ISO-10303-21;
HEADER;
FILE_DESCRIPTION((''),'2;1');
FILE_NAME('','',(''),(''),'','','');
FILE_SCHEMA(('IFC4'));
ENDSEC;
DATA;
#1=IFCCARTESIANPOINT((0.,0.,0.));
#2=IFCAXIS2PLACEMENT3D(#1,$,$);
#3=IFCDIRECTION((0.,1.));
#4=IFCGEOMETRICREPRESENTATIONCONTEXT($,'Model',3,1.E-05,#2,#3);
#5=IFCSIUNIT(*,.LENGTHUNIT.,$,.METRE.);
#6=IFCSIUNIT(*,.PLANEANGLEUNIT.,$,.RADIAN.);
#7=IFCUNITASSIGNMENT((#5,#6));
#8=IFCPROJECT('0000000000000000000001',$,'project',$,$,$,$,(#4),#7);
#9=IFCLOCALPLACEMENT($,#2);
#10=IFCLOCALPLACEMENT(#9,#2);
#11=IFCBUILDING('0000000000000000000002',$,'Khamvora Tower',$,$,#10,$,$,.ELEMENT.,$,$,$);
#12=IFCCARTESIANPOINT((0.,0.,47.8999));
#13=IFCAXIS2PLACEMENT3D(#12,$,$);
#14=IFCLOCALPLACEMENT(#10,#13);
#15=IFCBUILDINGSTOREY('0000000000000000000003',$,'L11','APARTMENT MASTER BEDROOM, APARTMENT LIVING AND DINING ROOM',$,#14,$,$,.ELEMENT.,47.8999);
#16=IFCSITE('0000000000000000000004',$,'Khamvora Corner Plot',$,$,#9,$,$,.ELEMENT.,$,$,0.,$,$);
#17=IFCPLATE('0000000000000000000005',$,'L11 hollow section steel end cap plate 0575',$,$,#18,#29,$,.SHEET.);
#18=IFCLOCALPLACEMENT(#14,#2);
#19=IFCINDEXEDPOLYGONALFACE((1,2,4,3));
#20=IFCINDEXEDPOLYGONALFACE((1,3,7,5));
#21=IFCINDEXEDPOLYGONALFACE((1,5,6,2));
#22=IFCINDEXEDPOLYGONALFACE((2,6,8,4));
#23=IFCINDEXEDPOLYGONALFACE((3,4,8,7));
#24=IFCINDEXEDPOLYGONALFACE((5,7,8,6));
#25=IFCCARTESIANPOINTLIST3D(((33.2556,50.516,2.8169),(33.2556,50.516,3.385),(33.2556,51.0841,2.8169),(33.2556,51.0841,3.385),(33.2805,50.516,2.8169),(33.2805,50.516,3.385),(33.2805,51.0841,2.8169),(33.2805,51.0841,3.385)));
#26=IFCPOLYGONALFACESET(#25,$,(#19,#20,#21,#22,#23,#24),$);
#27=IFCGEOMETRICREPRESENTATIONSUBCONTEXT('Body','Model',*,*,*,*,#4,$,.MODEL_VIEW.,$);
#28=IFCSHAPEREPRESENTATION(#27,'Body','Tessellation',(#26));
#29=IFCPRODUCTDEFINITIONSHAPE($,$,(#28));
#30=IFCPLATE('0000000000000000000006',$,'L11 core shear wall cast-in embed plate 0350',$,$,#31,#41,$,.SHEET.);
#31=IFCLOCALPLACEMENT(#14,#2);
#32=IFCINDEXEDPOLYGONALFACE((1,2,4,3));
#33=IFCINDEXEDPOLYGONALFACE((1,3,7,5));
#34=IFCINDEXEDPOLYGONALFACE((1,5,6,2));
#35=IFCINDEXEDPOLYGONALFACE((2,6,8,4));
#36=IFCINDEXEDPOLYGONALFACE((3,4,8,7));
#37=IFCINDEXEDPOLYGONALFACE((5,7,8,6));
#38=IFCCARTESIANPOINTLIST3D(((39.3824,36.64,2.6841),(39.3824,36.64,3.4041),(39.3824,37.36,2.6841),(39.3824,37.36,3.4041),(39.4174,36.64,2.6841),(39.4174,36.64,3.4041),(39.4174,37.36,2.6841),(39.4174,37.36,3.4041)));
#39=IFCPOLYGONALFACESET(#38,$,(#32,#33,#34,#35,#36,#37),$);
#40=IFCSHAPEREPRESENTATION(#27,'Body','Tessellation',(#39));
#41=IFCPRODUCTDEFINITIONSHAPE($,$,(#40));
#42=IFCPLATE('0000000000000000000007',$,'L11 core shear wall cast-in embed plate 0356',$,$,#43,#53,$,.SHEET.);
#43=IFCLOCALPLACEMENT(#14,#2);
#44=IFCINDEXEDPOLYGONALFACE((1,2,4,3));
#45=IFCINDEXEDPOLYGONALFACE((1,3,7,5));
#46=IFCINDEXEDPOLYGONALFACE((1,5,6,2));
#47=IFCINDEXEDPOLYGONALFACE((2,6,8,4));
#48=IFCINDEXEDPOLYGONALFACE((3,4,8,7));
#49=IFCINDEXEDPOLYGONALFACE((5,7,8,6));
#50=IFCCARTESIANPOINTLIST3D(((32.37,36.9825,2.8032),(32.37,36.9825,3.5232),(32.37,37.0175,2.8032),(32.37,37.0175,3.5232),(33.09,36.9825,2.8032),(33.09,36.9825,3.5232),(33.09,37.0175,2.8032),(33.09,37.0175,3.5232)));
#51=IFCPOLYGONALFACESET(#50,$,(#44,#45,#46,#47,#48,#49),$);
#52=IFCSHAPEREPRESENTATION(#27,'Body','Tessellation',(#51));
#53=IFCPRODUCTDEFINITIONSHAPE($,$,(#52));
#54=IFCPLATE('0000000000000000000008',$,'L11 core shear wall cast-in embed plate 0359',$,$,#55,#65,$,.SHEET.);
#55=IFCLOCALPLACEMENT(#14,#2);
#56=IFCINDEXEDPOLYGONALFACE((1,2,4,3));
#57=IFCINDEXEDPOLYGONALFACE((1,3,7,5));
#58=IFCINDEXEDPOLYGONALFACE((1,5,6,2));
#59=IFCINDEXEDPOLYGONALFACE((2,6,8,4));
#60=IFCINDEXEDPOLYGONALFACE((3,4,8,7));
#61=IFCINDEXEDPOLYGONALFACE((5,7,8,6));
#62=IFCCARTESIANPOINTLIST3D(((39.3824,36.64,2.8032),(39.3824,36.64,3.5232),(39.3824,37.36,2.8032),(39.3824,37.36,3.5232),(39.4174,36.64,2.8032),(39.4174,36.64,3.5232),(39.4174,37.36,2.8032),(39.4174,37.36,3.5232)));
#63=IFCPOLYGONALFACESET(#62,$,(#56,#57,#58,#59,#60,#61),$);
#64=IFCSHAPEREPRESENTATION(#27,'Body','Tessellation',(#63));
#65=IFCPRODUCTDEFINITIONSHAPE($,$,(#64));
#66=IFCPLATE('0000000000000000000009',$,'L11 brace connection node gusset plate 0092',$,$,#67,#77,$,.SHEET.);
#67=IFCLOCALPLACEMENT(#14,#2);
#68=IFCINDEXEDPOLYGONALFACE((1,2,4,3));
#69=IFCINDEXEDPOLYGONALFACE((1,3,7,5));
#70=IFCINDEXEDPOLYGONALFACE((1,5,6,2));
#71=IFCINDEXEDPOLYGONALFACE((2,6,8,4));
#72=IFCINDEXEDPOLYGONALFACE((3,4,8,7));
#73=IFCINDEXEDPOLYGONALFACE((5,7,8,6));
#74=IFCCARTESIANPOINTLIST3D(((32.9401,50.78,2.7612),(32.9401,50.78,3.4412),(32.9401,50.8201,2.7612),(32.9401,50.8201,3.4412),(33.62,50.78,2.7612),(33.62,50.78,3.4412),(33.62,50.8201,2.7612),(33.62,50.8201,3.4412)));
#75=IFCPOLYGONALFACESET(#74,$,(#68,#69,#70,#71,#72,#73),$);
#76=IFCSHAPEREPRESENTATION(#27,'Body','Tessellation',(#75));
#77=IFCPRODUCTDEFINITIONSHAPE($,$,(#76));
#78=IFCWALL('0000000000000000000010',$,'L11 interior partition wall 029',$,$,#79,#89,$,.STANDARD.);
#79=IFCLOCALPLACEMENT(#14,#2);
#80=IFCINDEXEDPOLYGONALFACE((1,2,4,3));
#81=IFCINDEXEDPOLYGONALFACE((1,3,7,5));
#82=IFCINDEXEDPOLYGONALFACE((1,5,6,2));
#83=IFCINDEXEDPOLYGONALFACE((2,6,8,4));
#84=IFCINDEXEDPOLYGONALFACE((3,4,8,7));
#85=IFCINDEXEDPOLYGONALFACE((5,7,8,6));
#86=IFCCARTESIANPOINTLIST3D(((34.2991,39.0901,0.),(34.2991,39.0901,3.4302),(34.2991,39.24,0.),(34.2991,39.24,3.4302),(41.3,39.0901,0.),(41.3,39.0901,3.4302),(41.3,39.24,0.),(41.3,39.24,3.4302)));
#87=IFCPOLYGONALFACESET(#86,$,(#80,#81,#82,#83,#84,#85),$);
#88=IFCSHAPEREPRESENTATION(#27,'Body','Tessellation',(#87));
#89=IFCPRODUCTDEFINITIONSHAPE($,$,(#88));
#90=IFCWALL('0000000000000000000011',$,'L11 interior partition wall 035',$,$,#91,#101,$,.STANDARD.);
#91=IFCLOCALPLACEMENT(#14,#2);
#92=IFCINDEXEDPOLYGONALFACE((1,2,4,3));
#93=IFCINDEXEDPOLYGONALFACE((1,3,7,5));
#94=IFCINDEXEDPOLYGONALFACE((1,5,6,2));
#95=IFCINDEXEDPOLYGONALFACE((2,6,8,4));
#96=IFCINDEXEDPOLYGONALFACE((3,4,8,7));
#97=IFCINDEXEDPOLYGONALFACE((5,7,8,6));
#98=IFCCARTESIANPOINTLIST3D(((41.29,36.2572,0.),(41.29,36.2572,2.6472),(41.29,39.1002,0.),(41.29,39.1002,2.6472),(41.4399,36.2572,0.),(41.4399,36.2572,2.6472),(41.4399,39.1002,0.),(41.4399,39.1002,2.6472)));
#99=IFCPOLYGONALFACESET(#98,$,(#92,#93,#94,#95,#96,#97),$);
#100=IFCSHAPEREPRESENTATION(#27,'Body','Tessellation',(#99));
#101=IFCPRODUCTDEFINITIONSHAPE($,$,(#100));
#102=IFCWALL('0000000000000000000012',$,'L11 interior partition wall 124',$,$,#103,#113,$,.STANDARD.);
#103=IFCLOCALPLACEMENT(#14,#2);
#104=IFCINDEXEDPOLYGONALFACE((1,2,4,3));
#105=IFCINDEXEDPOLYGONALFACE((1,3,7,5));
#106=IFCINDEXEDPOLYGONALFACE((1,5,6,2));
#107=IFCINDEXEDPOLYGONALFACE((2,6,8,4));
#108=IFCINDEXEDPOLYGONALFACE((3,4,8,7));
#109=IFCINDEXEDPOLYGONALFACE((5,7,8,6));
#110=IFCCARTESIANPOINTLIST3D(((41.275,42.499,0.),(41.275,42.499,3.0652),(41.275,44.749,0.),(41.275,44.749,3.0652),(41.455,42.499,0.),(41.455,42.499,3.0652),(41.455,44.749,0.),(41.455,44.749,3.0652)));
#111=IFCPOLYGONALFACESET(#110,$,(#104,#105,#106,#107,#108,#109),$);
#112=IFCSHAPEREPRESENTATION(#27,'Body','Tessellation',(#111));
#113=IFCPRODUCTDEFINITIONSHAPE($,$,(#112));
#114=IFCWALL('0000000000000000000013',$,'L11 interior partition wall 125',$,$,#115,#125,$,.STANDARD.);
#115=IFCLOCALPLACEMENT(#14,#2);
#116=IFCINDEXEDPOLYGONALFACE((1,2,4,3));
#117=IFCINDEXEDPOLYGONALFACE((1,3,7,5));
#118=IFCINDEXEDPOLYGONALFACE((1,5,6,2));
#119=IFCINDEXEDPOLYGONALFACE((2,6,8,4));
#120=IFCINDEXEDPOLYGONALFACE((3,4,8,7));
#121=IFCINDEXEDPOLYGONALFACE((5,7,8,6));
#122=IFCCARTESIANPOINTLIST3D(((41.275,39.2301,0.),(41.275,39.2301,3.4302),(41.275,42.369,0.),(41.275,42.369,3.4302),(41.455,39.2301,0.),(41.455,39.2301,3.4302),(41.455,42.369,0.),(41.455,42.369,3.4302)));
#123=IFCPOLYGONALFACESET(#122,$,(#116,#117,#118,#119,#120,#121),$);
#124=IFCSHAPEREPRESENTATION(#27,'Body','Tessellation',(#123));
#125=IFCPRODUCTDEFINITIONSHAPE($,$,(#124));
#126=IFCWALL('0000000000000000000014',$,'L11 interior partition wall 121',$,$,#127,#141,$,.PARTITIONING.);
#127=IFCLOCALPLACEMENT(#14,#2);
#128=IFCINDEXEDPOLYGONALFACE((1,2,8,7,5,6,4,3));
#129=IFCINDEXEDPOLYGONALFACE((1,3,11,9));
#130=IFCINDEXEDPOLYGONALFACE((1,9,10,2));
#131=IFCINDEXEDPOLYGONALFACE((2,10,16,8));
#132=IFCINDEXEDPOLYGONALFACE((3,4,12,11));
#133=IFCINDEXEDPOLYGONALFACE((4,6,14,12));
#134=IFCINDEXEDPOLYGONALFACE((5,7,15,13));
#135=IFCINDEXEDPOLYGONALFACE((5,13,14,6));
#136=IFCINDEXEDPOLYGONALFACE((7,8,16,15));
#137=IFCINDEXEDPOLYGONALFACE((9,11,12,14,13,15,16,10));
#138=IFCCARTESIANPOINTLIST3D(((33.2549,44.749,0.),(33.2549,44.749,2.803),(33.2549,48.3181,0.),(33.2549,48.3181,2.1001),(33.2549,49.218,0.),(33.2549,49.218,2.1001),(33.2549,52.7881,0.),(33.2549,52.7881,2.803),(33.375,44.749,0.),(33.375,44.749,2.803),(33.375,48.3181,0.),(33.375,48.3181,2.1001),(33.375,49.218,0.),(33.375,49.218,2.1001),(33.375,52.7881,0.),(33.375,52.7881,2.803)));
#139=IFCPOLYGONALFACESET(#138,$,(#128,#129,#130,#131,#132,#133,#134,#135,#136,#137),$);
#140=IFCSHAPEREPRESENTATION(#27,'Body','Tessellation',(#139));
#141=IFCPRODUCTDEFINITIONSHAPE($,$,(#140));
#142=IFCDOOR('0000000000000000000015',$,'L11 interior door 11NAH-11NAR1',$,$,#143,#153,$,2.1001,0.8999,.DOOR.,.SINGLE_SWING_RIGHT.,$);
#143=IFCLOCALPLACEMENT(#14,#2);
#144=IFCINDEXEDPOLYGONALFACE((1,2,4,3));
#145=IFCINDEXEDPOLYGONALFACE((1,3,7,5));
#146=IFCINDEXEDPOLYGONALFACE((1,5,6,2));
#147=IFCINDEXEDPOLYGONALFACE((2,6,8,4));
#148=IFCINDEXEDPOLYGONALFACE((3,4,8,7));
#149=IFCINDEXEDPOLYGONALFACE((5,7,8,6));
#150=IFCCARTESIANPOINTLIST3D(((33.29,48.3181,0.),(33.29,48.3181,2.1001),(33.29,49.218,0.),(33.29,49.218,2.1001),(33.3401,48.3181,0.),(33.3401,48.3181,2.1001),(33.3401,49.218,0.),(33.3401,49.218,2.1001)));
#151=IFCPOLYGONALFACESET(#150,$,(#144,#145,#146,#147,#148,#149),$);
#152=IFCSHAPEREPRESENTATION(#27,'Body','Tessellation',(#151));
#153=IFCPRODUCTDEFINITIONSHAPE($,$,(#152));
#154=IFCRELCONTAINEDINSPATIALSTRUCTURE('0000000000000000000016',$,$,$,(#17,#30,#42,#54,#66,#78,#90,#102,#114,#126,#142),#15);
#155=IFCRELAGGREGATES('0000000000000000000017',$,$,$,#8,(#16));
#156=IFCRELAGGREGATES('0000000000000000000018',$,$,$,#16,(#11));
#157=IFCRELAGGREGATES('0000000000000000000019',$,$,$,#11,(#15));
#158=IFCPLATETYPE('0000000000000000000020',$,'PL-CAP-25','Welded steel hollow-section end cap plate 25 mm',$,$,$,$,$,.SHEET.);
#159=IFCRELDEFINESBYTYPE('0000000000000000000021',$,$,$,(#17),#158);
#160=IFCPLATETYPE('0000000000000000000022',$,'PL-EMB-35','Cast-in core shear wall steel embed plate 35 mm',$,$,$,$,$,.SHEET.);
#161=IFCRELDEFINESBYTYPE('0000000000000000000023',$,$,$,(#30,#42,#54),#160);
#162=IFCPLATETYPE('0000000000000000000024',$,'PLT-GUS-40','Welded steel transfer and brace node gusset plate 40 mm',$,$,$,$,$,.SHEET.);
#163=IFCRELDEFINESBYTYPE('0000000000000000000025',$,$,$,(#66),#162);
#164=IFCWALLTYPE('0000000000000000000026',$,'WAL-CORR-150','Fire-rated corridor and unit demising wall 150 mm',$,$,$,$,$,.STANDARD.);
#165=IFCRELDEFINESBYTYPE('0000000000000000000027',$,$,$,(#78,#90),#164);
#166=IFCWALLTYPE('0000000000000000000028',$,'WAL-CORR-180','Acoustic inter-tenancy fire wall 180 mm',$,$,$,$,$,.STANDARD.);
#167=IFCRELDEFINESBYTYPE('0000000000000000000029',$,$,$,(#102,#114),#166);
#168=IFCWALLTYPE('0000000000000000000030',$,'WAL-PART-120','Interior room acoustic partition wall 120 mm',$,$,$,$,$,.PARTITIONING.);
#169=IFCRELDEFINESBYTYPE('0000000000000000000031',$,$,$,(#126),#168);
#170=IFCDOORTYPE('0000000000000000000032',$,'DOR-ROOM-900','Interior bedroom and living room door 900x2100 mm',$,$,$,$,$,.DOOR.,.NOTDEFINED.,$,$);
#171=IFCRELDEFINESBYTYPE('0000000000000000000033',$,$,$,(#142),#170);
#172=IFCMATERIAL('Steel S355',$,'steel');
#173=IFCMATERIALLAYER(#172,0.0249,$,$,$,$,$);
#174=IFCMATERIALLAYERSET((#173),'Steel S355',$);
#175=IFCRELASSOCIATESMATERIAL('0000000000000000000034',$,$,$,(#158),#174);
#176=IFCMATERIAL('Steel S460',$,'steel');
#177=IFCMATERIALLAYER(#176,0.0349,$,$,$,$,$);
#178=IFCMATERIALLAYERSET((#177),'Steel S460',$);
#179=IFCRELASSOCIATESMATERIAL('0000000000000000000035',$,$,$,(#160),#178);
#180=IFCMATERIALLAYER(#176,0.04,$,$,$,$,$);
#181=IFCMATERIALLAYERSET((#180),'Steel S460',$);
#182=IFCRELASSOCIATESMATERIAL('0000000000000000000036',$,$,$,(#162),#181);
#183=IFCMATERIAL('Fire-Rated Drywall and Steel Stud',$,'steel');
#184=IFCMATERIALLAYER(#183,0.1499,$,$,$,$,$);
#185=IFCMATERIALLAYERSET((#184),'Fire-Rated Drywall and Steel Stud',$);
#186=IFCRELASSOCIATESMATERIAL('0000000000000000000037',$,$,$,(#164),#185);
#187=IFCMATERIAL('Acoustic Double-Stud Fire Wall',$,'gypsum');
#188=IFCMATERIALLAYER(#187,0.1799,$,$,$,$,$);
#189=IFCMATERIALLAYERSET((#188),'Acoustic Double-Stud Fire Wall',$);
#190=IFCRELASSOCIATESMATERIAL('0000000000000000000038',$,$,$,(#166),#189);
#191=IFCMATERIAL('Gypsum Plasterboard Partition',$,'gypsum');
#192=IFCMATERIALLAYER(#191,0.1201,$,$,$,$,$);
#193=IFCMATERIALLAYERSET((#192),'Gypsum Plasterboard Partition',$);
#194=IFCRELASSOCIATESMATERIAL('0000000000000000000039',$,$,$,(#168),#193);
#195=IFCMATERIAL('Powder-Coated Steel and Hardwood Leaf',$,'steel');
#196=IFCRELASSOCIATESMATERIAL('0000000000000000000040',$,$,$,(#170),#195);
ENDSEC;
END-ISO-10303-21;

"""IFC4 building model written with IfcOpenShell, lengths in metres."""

from ifc_helpers import new_model, si_unit, direction, frame, frame_2d, origin, origin_2d, place, context, subcontext, project, spatial, rectangle, extrude, material, layer, layer_set, type_object, element, fill, save


model = new_model("IFC4")

# Units and contexts
model_context = context("Model", 3, precision=1e-05, world=origin(), true_north=direction((0.0, 1.0)))
body_context = subcontext(model_context, "Body", "Model", "MODEL_VIEW")
ifc_project = project(units=[si_unit("LENGTHUNIT", "METRE"), si_unit("PLANEANGLEUNIT", "RADIAN")], contexts=[model_context])

# Site, building, storey
site_placement = place(None, origin())
site = spatial("IfcSite", under=ifc_project, at=site_placement, Name="Khamvora Corner Plot", CompositionType="ELEMENT", RefElevation=0.0)
building_placement = place(site_placement, origin())
building = spatial("IfcBuilding", under=site, at=building_placement, Name="Khamvora Tower", CompositionType="ELEMENT")
storey_placement = place(building_placement, frame((0.0, 0.0, 47.8999)))
storey = spatial("IfcBuildingStorey", under=building, at=storey_placement, Name="L11", Description="APARTMENT MASTER BEDROOM, APARTMENT LIVING AND DINING ROOM", CompositionType="ELEMENT", Elevation=47.8999)

# Shared definitions
ifc_material_1 = material(Name="Steel S460", Category="steel")

# Shared definitions
ifc_material_2 = material(Name="Steel S355", Category="steel")

# Plates
ifc_layer_1 = layer(ifc_material_2, 0.0249)
ifc_layer_set_1 = layer_set([ifc_layer_1], Name="Steel S355")
plate_type_1 = type_object("IfcPlateType", Name="PL-CAP-25", Description="Welded steel hollow-section end cap plate 25 mm", PredefinedType="SHEET", material=ifc_layer_set_1)
plate_1_placement = place(storey_placement, frame((33.2681, 50.8, 2.8169), z_axis=(0.0, 0.0, 1.0), x_axis=(-1.0, 0.0, 0.0)))
element("IfcPlate", 1, at=plate_1_placement, inside=storey, type_object=plate_type_1, Name="L11 hollow section steel end cap plate 0575", PredefinedType="SHEET", context=body_context, shape_type="SweptSolid", body=[
    extrude(rectangle(XDim=0.0249, YDim=0.5681, at=origin_2d()), origin(), (0.0, 0.0, 1.0), 0.5681),
])
ifc_layer_2 = layer(ifc_material_1, 0.0349)
ifc_layer_set_2 = layer_set([ifc_layer_2], Name="Steel S460")
plate_type_2 = type_object("IfcPlateType", Name="PL-EMB-35", Description="Cast-in core shear wall steel embed plate 35 mm", PredefinedType="SHEET", material=ifc_layer_set_2)
plate_2_placement = place(storey_placement, frame((39.3999, 37.0, 2.6841), z_axis=(0.0, 0.0, 1.0), x_axis=(1.0, 0.0, 0.0)))
element("IfcPlate", 2, at=plate_2_placement, inside=storey, type_object=plate_type_2, Name="L11 core shear wall cast-in embed plate 0350", PredefinedType="SHEET", context=body_context, shape_type="SweptSolid", body=[
    extrude(rectangle(XDim=0.0349, YDim=0.72, at=origin_2d()), origin(), (0.0, 0.0, 1.0), 0.72),
])
plate_3_placement = place(storey_placement, frame((32.73, 37.0, 2.8032), z_axis=(0.0, 0.0, 1.0), x_axis=(1.0, 0.0, 0.0)))
element("IfcPlate", 3, at=plate_3_placement, inside=storey, type_object=plate_type_2, Name="L11 core shear wall cast-in embed plate 0356", PredefinedType="SHEET", context=body_context, shape_type="SweptSolid", body=[
    extrude(rectangle(XDim=0.72, YDim=0.0349, at=origin_2d()), origin(), (0.0, 0.0, 1.0), 0.72),
])
plate_4_placement = place(storey_placement, frame((39.3999, 37.0, 2.8032), z_axis=(0.0, 0.0, 1.0), x_axis=(1.0, 0.0, 0.0)))
element("IfcPlate", 4, at=plate_4_placement, inside=storey, type_object=plate_type_2, Name="L11 core shear wall cast-in embed plate 0359", PredefinedType="SHEET", context=body_context, shape_type="SweptSolid", body=[
    extrude(rectangle(XDim=0.0349, YDim=0.72, at=origin_2d()), origin(), (0.0, 0.0, 1.0), 0.72),
])
ifc_layer_3 = layer(ifc_material_1, 0.04)
ifc_layer_set_3 = layer_set([ifc_layer_3], Name="Steel S460")
plate_type_3 = type_object("IfcPlateType", Name="PLT-GUS-40", Description="Welded steel transfer and brace node gusset plate 40 mm", PredefinedType="SHEET", material=ifc_layer_set_3)
plate_5_placement = place(storey_placement, frame((33.28, 50.8, 2.7612), z_axis=(0.0, 0.0, 1.0), x_axis=(1.0, 0.0, 0.0)))
element("IfcPlate", 5, at=plate_5_placement, inside=storey, type_object=plate_type_3, Name="L11 brace connection node gusset plate 0092", PredefinedType="SHEET", context=body_context, shape_type="SweptSolid", body=[
    extrude(rectangle(XDim=0.6799, YDim=0.04, at=origin_2d()), origin(), (0.0, 0.0, 1.0), 0.6799),
])

# Shared definitions
ifc_material_3 = material(Name="Fire-Rated Drywall and Steel Stud", Category="steel")
ifc_layer_4 = layer(ifc_material_3, 0.1499)
ifc_layer_set_4 = layer_set([ifc_layer_4], Name="Fire-Rated Drywall and Steel Stud")
wall_type_1 = type_object("IfcWallType", Name="WAL-CORR-150", Description="Fire-rated corridor and unit demising wall 150 mm", PredefinedType="STANDARD", material=ifc_layer_set_4)
ifc_material_4 = material(Name="Powder-Coated Steel and Hardwood Leaf", Category="steel")

# Walls
wall_1_placement = place(storey_placement, frame((34.2991, 39.165, 0.0), z_axis=(0.0, 0.0, 1.0), x_axis=(1.0, 0.0, 0.0)))
element("IfcWall", 6, at=wall_1_placement, inside=storey, type_object=wall_type_1, Name="L11 interior partition wall 029", PredefinedType="STANDARD", context=body_context, shape_type="SweptSolid", body=[
    extrude(rectangle(XDim=7.001, YDim=0.1499, at=frame_2d((3.5005, 0.0))), origin(), (0.0, 0.0, 1.0), 3.4302),
])
wall_2_placement = place(storey_placement, frame((41.365, 39.1001, 0.0), z_axis=(0.0, 0.0, 1.0), x_axis=(0.0, -1.0, 0.0)))
element("IfcWall", 7, at=wall_2_placement, inside=storey, type_object=wall_type_1, Name="L11 interior partition wall 035", PredefinedType="STANDARD", context=body_context, shape_type="SweptSolid", body=[
    extrude(rectangle(XDim=2.843, YDim=0.1499, at=frame_2d((1.4214, 0.0))), origin(), (0.0, 0.0, 1.0), 2.6472),
])
ifc_material_5 = material(Name="Acoustic Double-Stud Fire Wall", Category="gypsum")
ifc_layer_5 = layer(ifc_material_5, 0.1799)
ifc_layer_set_5 = layer_set([ifc_layer_5], Name="Acoustic Double-Stud Fire Wall")
wall_type_2 = type_object("IfcWallType", Name="WAL-CORR-180", Description="Acoustic inter-tenancy fire wall 180 mm", PredefinedType="STANDARD", material=ifc_layer_set_5)
wall_3_placement = place(storey_placement, frame((41.365, 44.749, 0.0), z_axis=(0.0, 0.0, 1.0), x_axis=(0.0, -1.0, 0.0)))
element("IfcWall", 8, at=wall_3_placement, inside=storey, type_object=wall_type_2, Name="L11 interior partition wall 124", PredefinedType="STANDARD", context=body_context, shape_type="SweptSolid", body=[
    extrude(rectangle(XDim=2.25, YDim=0.1799, at=frame_2d((1.125, 0.0))), origin(), (0.0, 0.0, 1.0), 3.0652),
])
wall_4_placement = place(storey_placement, frame((41.365, 42.3689, 0.0), z_axis=(0.0, 0.0, 1.0), x_axis=(0.0, -1.0, 0.0)))
element("IfcWall", 9, at=wall_4_placement, inside=storey, type_object=wall_type_2, Name="L11 interior partition wall 125", PredefinedType="STANDARD", context=body_context, shape_type="SweptSolid", body=[
    extrude(rectangle(XDim=3.1389, YDim=0.1799, at=frame_2d((1.5693, 0.0))), origin(), (0.0, 0.0, 1.0), 3.4302),
])

# Wall, opening, door
ifc_material_6 = material(Name="Gypsum Plasterboard Partition", Category="gypsum")
ifc_layer_6 = layer(ifc_material_6, 0.1201)
ifc_layer_set_6 = layer_set([ifc_layer_6], Name="Gypsum Plasterboard Partition")
wall_type_3 = type_object("IfcWallType", Name="WAL-PART-120", Description="Interior room acoustic partition wall 120 mm", PredefinedType="PARTITIONING", material=ifc_layer_set_6)
wall_5_placement = place(storey_placement, frame((33.3149, 44.749, 0.0), z_axis=(0.0, 0.0, 1.0), x_axis=(0.0, 1.0, 0.0)))
wall_5 = element("IfcWall", 10, at=wall_5_placement, inside=storey, type_object=wall_type_3, Name="L11 interior partition wall 121", PredefinedType="PARTITIONING", context=body_context, shape_type="SweptSolid", body=[
    extrude(rectangle(XDim=8.0391, YDim=0.1201, at=frame_2d((4.0195, 0.0))), origin(), (0.0, 0.0, 1.0), 2.803),
])
opening_1_placement = place(wall_5_placement, frame((3.5691, 0.0, 0.0)))
opening_1 = element("IfcOpeningElement", 11, at=opening_1_placement, cuts=wall_5, PredefinedType="OPENING", context=body_context, shape_type="SweptSolid", body=[
    extrude(rectangle(XDim=0.8999, YDim=2.1001, at=frame_2d((0.45, 1.05))), frame((0.0, 0.0701, 0.0), z_axis=(0.0, -1.0, 0.0), x_axis=(1.0, 0.0, 0.0)), (0.0, 0.0, 1.0), 0.1401),
])
door_type_1 = type_object("IfcDoorType", Name="DOR-ROOM-900", Description="Interior bedroom and living room door 900x2100 mm", OperationType="NOTDEFINED", PredefinedType="DOOR", material=ifc_material_4)
door_1_placement = place(opening_1_placement, origin())
door_1 = element("IfcDoor", 12, at=door_1_placement, inside=storey, type_object=door_type_1, Name="L11 interior door 11NAH-11NAR1", OperationType="SINGLE_SWING_RIGHT", OverallHeight=2.1001, OverallWidth=0.8999, PredefinedType="DOOR", context=body_context, shape_type="SweptSolid", body=[
    extrude(rectangle(XDim=0.8999, YDim=2.1001, at=frame_2d((0.45, 1.05))), frame((0.0, 0.0249, 0.0), z_axis=(0.0, -1.0, 0.0), x_axis=(1.0, 0.0, 0.0)), (0.0, 0.0, 1.0), 0.05),
])
fill(opening_1, door_1)

save(model, "model.ifc")
